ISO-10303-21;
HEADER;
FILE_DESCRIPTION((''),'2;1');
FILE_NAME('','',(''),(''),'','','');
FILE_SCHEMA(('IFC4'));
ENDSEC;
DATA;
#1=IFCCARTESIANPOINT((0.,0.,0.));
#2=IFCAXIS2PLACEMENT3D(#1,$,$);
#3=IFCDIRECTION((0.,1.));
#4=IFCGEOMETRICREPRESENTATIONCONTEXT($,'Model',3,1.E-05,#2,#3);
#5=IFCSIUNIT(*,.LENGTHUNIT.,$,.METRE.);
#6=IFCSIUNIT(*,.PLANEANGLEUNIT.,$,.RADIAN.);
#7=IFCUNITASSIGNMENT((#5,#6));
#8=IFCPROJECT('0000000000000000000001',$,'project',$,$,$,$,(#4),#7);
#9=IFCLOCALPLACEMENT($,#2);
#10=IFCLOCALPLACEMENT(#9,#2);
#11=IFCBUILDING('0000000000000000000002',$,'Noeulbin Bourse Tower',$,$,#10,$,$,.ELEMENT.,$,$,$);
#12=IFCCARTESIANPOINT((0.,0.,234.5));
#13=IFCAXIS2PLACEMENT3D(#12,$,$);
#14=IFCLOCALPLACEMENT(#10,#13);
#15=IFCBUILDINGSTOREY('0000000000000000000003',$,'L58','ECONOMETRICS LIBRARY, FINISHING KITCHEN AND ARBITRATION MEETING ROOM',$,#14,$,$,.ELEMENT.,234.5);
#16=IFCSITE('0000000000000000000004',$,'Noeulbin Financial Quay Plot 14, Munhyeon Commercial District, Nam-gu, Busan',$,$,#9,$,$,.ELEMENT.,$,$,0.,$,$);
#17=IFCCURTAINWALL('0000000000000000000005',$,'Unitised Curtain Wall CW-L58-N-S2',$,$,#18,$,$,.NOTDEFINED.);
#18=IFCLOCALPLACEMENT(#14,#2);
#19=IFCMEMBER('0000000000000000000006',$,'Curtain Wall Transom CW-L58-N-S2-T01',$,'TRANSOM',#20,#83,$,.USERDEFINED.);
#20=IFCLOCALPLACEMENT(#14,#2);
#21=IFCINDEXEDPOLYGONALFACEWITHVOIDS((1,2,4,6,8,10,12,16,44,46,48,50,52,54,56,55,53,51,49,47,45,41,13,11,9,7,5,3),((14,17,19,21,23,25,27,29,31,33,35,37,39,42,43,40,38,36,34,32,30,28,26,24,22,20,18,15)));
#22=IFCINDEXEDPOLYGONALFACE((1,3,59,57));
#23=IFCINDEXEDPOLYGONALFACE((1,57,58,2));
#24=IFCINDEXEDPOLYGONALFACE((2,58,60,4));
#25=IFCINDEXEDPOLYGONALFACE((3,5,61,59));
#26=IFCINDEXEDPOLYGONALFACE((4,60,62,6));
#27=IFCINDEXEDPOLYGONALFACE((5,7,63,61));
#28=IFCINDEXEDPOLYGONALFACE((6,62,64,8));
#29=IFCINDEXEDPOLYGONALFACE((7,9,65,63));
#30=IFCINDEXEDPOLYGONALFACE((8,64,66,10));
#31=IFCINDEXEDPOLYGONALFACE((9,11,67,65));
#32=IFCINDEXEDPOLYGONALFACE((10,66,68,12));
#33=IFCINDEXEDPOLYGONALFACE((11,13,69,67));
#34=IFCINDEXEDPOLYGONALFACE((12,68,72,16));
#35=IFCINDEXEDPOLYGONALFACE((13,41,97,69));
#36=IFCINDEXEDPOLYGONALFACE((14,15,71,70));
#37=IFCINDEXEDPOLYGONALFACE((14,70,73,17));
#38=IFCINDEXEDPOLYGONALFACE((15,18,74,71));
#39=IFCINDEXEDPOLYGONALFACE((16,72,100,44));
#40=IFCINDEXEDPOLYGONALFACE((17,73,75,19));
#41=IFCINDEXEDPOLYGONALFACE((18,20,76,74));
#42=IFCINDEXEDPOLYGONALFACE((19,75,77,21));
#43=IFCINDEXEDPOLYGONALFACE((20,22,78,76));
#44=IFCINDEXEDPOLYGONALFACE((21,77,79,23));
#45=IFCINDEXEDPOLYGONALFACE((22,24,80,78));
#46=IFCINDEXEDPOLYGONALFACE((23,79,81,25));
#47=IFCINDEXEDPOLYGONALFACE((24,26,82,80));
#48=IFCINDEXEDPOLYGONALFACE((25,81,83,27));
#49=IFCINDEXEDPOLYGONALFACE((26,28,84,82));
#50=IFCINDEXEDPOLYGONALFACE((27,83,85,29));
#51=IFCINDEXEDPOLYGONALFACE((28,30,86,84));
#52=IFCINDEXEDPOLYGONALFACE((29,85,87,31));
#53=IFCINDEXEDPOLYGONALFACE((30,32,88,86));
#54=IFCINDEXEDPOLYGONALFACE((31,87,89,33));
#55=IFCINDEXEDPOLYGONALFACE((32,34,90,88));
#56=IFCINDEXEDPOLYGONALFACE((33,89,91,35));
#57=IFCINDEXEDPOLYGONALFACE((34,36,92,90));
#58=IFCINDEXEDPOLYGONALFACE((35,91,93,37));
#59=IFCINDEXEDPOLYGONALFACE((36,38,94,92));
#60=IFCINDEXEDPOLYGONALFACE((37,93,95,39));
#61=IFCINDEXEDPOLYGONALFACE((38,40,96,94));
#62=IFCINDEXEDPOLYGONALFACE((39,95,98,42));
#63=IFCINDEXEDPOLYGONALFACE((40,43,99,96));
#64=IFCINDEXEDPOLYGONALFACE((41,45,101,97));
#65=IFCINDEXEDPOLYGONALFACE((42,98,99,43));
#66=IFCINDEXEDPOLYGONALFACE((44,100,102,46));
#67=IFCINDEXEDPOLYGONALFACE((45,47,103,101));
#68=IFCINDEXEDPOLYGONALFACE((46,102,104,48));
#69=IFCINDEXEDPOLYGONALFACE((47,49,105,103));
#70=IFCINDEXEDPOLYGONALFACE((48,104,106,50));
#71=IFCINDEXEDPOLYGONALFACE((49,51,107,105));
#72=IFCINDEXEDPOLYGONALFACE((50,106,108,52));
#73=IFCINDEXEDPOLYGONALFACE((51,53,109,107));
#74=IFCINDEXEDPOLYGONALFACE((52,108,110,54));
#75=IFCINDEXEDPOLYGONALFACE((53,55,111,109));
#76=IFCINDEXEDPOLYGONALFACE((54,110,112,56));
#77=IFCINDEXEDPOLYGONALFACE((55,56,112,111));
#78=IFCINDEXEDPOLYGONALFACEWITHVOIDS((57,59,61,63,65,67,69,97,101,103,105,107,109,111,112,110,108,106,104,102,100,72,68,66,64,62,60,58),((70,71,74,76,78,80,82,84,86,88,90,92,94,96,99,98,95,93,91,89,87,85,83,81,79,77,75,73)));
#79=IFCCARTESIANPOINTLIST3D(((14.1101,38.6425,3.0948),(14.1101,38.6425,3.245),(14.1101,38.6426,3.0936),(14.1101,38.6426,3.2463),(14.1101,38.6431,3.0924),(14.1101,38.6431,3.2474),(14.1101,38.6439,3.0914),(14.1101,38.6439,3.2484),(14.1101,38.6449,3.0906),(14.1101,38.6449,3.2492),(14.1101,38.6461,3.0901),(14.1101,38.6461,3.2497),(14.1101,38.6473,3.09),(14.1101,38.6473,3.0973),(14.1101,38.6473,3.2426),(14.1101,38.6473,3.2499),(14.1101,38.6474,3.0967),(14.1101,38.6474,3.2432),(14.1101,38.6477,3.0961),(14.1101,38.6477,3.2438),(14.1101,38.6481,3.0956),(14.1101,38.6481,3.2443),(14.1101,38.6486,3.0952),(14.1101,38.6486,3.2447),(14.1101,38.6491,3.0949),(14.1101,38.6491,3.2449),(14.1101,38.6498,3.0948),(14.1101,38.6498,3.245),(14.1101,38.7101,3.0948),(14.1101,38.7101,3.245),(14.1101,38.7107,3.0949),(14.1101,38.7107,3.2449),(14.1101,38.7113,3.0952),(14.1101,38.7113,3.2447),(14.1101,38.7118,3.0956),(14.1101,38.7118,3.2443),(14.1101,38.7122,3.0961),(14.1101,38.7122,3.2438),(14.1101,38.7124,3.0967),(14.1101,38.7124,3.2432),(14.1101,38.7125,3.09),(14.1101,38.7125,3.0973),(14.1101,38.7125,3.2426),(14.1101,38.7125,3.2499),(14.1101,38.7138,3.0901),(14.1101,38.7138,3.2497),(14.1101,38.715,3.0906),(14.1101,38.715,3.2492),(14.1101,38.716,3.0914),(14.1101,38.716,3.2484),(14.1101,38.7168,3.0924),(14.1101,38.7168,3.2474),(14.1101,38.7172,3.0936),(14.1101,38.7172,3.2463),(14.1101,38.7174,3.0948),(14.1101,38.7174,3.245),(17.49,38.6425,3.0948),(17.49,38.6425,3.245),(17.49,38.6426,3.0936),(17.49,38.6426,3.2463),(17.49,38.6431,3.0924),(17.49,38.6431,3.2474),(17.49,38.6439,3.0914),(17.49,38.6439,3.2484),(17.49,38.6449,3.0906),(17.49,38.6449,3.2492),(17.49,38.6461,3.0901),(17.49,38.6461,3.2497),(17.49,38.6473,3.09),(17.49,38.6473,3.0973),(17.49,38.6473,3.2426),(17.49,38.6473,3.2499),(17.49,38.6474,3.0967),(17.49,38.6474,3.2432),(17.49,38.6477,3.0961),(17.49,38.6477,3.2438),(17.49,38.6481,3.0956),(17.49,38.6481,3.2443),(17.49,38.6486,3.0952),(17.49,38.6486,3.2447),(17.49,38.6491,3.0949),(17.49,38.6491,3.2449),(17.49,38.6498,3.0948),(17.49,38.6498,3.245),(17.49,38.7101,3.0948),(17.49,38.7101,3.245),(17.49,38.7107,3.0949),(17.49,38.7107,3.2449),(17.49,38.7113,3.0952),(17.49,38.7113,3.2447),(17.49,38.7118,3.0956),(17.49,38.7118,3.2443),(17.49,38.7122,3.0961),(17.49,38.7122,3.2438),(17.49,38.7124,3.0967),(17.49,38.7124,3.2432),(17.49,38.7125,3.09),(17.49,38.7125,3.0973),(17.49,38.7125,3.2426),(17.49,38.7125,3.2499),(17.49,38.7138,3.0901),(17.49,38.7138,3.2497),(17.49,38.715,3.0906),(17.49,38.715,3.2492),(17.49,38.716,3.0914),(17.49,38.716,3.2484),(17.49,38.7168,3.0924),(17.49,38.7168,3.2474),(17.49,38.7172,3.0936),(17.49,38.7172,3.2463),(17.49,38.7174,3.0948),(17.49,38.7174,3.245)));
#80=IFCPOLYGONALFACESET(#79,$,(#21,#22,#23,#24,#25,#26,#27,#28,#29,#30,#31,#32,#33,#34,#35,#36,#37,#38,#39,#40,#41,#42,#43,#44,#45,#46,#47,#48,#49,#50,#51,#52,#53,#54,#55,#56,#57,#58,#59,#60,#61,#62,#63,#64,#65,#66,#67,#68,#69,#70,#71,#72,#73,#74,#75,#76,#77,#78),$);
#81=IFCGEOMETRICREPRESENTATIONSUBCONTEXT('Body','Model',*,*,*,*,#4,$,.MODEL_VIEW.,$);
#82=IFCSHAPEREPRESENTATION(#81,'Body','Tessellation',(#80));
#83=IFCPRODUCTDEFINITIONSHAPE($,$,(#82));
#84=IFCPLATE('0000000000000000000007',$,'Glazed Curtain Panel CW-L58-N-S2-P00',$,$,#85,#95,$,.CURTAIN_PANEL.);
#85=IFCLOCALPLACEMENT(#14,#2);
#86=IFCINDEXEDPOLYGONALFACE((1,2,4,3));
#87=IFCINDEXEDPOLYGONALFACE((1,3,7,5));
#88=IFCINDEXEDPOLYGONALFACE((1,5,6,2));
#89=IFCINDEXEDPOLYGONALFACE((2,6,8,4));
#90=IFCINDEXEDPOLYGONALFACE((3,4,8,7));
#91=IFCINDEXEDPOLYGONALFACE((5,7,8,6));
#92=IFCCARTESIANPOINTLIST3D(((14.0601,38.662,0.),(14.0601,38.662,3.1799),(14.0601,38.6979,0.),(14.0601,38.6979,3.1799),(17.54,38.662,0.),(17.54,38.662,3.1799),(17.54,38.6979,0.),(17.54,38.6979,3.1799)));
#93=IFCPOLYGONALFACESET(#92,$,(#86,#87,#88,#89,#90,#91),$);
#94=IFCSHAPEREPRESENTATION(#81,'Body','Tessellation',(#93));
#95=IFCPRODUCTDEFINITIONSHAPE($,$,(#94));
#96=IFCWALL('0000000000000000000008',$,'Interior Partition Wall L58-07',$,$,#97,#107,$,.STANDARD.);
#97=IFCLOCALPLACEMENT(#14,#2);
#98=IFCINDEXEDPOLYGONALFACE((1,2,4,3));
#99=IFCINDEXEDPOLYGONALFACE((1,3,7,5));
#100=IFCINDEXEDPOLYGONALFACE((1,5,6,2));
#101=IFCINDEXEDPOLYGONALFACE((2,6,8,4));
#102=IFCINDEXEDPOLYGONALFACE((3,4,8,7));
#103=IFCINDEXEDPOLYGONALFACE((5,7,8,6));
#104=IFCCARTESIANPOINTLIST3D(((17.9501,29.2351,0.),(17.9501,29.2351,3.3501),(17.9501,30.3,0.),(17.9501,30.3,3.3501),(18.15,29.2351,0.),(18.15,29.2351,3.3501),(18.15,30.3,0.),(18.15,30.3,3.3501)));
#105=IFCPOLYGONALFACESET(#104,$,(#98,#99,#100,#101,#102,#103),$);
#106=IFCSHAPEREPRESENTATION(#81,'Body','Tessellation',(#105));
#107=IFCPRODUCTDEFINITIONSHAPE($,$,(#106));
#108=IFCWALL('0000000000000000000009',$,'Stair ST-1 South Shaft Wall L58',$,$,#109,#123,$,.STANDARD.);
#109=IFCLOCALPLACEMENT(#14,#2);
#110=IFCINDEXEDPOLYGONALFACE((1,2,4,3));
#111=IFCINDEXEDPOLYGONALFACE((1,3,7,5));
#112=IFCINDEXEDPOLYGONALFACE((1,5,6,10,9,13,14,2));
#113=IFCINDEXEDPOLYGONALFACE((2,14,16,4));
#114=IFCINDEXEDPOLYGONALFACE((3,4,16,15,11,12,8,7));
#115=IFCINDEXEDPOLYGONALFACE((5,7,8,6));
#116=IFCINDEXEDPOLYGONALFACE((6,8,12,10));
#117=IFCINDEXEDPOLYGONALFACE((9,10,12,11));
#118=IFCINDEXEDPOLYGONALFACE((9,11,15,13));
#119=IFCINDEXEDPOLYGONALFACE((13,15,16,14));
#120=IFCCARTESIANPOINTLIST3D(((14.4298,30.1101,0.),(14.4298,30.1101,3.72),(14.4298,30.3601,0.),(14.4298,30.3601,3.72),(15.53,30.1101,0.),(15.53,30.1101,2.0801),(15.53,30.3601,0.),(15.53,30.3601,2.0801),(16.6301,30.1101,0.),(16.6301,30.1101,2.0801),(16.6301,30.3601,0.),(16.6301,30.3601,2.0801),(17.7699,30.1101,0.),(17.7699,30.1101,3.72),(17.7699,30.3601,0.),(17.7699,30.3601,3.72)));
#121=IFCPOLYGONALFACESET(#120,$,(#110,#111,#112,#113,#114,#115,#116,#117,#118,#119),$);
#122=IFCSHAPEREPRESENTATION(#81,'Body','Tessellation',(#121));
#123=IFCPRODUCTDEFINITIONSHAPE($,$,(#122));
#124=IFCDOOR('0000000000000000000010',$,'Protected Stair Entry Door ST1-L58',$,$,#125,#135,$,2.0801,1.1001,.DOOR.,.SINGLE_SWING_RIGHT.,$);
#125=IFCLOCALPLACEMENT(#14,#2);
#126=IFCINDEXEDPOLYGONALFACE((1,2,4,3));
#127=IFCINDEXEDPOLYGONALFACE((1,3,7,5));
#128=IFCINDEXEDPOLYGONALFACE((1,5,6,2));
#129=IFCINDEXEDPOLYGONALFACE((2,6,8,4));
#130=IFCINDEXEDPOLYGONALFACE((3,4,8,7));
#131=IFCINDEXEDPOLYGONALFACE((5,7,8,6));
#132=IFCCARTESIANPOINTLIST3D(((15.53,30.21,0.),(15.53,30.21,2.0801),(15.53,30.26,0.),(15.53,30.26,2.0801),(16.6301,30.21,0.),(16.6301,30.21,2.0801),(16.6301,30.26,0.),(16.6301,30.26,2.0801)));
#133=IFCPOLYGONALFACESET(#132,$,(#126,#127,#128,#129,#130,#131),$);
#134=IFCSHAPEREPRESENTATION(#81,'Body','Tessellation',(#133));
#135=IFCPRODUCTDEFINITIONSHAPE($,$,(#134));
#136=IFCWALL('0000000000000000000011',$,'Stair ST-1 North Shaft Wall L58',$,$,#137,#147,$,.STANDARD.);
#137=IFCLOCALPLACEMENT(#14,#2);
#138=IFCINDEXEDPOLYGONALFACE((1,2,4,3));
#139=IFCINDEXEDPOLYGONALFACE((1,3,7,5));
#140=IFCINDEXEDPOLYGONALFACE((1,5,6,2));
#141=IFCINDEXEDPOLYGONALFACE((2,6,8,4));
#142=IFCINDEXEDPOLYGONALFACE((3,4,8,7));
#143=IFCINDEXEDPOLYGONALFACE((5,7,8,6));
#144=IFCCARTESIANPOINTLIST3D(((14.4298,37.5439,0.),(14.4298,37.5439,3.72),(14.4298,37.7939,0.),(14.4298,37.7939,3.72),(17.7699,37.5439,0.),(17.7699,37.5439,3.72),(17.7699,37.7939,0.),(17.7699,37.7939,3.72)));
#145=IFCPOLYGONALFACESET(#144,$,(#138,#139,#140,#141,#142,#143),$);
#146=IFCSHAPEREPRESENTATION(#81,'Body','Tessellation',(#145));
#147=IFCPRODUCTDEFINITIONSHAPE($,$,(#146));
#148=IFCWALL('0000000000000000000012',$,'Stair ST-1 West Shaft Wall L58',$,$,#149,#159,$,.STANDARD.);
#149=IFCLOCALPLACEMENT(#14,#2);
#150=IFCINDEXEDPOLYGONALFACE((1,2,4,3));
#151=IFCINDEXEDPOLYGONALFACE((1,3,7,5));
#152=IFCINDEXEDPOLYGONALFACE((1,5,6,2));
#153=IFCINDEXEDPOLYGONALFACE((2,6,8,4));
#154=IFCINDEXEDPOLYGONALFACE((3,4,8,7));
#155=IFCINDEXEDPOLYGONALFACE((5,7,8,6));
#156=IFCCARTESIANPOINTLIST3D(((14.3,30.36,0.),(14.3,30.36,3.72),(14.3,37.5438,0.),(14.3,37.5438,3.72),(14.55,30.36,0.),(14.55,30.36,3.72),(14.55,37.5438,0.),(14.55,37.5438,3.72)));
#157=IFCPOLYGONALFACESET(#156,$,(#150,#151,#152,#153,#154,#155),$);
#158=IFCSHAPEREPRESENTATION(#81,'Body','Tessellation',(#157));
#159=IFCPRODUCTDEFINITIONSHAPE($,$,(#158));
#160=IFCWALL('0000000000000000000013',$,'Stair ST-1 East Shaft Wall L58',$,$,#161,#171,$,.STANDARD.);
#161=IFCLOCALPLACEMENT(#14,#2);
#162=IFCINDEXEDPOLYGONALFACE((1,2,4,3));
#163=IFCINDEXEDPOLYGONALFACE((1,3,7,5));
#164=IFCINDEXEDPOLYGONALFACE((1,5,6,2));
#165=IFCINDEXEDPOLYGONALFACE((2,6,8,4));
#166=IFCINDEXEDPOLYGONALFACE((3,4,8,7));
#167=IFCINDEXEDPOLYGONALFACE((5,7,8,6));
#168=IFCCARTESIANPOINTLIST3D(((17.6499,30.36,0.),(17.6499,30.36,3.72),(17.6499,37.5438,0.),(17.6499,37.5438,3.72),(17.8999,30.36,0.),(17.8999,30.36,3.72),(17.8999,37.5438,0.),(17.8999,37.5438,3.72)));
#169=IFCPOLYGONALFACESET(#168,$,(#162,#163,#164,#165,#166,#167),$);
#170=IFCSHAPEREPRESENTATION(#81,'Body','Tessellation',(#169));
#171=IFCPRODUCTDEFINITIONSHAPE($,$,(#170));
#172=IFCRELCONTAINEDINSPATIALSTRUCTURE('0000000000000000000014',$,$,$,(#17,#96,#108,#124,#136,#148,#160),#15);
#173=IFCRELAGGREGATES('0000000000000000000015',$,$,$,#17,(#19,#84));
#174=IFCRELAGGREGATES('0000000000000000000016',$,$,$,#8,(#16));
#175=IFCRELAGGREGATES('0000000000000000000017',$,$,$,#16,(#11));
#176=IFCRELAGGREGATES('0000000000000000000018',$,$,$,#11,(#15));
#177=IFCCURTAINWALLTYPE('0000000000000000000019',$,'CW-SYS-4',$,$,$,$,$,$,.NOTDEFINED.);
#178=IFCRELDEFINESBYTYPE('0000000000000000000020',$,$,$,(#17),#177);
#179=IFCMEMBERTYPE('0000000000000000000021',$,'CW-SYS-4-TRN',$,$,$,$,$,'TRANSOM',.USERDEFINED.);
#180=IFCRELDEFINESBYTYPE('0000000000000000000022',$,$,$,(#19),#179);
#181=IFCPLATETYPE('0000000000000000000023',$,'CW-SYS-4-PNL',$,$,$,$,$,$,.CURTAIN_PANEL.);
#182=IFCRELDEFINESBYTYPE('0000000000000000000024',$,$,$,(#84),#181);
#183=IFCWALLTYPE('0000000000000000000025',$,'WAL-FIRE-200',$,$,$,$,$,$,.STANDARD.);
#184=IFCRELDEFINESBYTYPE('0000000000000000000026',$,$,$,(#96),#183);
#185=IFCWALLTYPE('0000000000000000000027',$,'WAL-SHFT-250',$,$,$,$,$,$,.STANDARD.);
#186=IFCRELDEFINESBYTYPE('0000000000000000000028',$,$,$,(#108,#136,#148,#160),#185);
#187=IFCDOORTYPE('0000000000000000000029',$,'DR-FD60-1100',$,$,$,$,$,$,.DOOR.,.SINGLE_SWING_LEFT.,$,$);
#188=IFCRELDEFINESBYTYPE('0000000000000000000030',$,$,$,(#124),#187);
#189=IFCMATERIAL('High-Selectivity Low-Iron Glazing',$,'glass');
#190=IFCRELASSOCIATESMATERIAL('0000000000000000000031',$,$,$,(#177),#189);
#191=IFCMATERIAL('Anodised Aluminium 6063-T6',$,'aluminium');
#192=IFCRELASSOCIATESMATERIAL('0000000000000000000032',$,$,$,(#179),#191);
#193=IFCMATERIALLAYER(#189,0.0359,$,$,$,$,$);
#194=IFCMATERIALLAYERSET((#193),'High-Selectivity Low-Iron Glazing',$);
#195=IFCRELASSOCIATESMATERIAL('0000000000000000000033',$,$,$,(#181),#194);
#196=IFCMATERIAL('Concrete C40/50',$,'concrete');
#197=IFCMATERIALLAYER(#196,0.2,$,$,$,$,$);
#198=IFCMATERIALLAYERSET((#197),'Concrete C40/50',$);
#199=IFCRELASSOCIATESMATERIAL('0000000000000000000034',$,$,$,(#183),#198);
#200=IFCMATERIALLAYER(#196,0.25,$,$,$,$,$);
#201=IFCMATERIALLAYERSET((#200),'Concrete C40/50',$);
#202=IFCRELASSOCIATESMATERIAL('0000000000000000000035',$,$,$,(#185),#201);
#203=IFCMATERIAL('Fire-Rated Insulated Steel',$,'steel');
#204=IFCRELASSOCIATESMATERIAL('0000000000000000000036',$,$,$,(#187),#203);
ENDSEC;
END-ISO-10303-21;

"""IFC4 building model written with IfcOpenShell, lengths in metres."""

from ifc_helpers import new_model, si_unit, direction, frame, frame_2d, origin, origin_2d, place, context, subcontext, project, spatial, rectangle, hollow_rectangle, extrude, material, layer, layer_set, material_profile, profile_set, type_object, element, fill, aggregate, save


model = new_model("IFC4")

# Units and contexts
model_context = context("Model", 3, precision=1e-05, world=origin(), true_north=direction((0.0, 1.0)))
body_context = subcontext(model_context, "Body", "Model", "MODEL_VIEW")
ifc_project = project(units=[si_unit("LENGTHUNIT", "METRE"), si_unit("PLANEANGLEUNIT", "RADIAN")], contexts=[model_context])

# Site, building, storey
site_placement = place(None, origin())
site = spatial("IfcSite", under=ifc_project, at=site_placement, Name="Noeulbin Financial Quay Plot 14, Munhyeon Commercial District, Nam-gu, Busan", CompositionType="ELEMENT", RefElevation=0.0)
building_placement = place(site_placement, origin())
building = spatial("IfcBuilding", under=site, at=building_placement, Name="Noeulbin Bourse Tower", CompositionType="ELEMENT")
storey_placement = place(building_placement, frame((0.0, 0.0, 234.5)))
storey = spatial("IfcBuildingStorey", under=building, at=storey_placement, Name="L58", Description="ECONOMETRICS LIBRARY, FINISHING KITCHEN AND ARBITRATION MEETING ROOM", CompositionType="ELEMENT", Elevation=234.5)

# Curtain wall, member, plate
ifc_material_1 = material(Name="High-Selectivity Low-Iron Glazing", Category="glass")
curtain_wall_type = type_object("IfcCurtainWallType", Name="CW-SYS-4", PredefinedType="NOTDEFINED", material=ifc_material_1)
curtain_wall_placement = place(storey_placement, origin())
curtain_wall = element("IfcCurtainWall", 1, at=curtain_wall_placement, inside=storey, type_object=curtain_wall_type, Name="Unitised Curtain Wall CW-L58-N-S2", PredefinedType="NOTDEFINED")
ifc_material_2 = material(Name="Anodised Aluminium 6063-T6", Category="aluminium")
ifc_material_profile_1 = material_profile(ifc_material_2, hollow_rectangle(XDim=0.075, YDim=0.1599, WallThickness=0.0049, InnerFilletRadius=0.0024, OuterFilletRadius=0.0049, at=origin_2d()), Name="ALU-TRAN-75x160x5", Category="LoadBearing")
ifc_profile_set_1 = profile_set([ifc_material_profile_1], Name="Anodised Aluminium 6063-T6")
member_type_1 = type_object("IfcMemberType", Name="CW-SYS-4-TRN", ElementType="TRANSOM", PredefinedType="USERDEFINED", material=ifc_profile_set_1)
member_1_placement = place(storey_placement, frame((14.1101, 38.6799, 3.1699), z_axis=(1.0, 0.0, 0.0), x_axis=(0.0, 1.0, 0.0)))
member_1 = element("IfcMember", 2, at=member_1_placement, type_object=member_type_1, Name="Curtain Wall Transom CW-L58-N-S2-T01", ObjectType="TRANSOM", PredefinedType="USERDEFINED", context=body_context, shape_type="SweptSolid", body=[
    extrude(hollow_rectangle(XDim=0.075, YDim=0.1599, WallThickness=0.0049, InnerFilletRadius=0.0024, OuterFilletRadius=0.0049, at=origin_2d()), origin(), (0.0, 0.0, 1.0), 3.3799),
])
ifc_layer_1 = layer(ifc_material_1, 0.0359)
ifc_layer_set_1 = layer_set([ifc_layer_1], Name="High-Selectivity Low-Iron Glazing")
plate_type = type_object("IfcPlateType", Name="CW-SYS-4-PNL", PredefinedType="CURTAIN_PANEL", material=ifc_layer_set_1)
plate_placement = place(storey_placement, frame((15.8, 38.6799, 0.0), z_axis=(0.0, 0.0, 1.0), x_axis=(1.0, 0.0, 0.0)))
plate = element("IfcPlate", 3, at=plate_placement, type_object=plate_type, Name="Glazed Curtain Panel CW-L58-N-S2-P00", PredefinedType="CURTAIN_PANEL", context=body_context, shape_type="SweptSolid", body=[
    extrude(rectangle(XDim=3.48, YDim=0.0359, at=origin_2d()), origin(), (0.0, 0.0, 1.0), 3.1799),
])
aggregate(curtain_wall, [member_1, plate])

# Wall
ifc_material_3 = material(Name="Concrete C40/50", Category="concrete")
ifc_layer_2 = layer(ifc_material_3, 0.2)
ifc_layer_set_2 = layer_set([ifc_layer_2], Name="Concrete C40/50")
wall_type_1 = type_object("IfcWallType", Name="WAL-FIRE-200", PredefinedType="STANDARD", material=ifc_layer_set_2)
wall_1_placement = place(storey_placement, frame((18.05, 29.2351, 0.0), z_axis=(0.0, 0.0, 1.0), x_axis=(0.0, 1.0, 0.0)))
element("IfcWall", 4, at=wall_1_placement, inside=storey, type_object=wall_type_1, Name="Interior Partition Wall L58-07", PredefinedType="STANDARD", context=body_context, shape_type="SweptSolid", body=[
    extrude(rectangle(XDim=1.0649, YDim=0.2, at=frame_2d((0.5325, 0.0))), origin(), (0.0, 0.0, 1.0), 3.3501),
])

# Wall, opening, door
ifc_layer_3 = layer(ifc_material_3, 0.25)
ifc_layer_set_3 = layer_set([ifc_layer_3], Name="Concrete C40/50")
wall_type_2 = type_object("IfcWallType", Name="WAL-SHFT-250", PredefinedType="STANDARD", material=ifc_layer_set_3)
wall_2_placement = place(storey_placement, frame((14.4299, 30.2351, 0.0), z_axis=(0.0, 0.0, 1.0), x_axis=(1.0, 0.0, 0.0)))
wall_2 = element("IfcWall", 5, at=wall_2_placement, inside=storey, type_object=wall_type_2, Name="Stair ST-1 South Shaft Wall L58", PredefinedType="STANDARD", context=body_context, shape_type="SweptSolid", body=[
    extrude(rectangle(XDim=3.3401, YDim=0.25, at=frame_2d((1.6699, 0.0))), origin(), (0.0, 0.0, 1.0), 3.72),
])
opening_placement = place(wall_2_placement, frame((1.1001, 0.0, 0.0)))
opening = element("IfcOpeningElement", 6, at=opening_placement, cuts=wall_2, PredefinedType="OPENING", context=body_context, shape_type="SweptSolid", body=[
    extrude(rectangle(XDim=1.1001, YDim=2.0801, at=frame_2d((0.55, 1.04))), frame((0.0, 0.135, 0.0), z_axis=(0.0, -1.0, 0.0), x_axis=(1.0, 0.0, 0.0)), (0.0, 0.0, 1.0), 0.27),
])
ifc_material_4 = material(Name="Fire-Rated Insulated Steel", Category="steel")
door_type = type_object("IfcDoorType", Name="DR-FD60-1100", OperationType="SINGLE_SWING_LEFT", PredefinedType="DOOR", material=ifc_material_4)
door_placement = place(opening_placement, origin())
door = element("IfcDoor", 7, at=door_placement, inside=storey, type_object=door_type, Name="Protected Stair Entry Door ST1-L58", OperationType="SINGLE_SWING_RIGHT", OverallHeight=2.0801, OverallWidth=1.1001, PredefinedType="DOOR", context=body_context, shape_type="SweptSolid", body=[
    extrude(rectangle(XDim=1.1001, YDim=2.0801, at=frame_2d((0.55, 1.04))), frame((0.0, 0.0249, 0.0), z_axis=(0.0, -1.0, 0.0), x_axis=(1.0, 0.0, 0.0)), (0.0, 0.0, 1.0), 0.05),
])
fill(opening, door)

# Walls
wall_3_placement = place(storey_placement, frame((14.4299, 37.6689, 0.0), z_axis=(0.0, 0.0, 1.0), x_axis=(1.0, 0.0, 0.0)))
element("IfcWall", 8, at=wall_3_placement, inside=storey, type_object=wall_type_2, Name="Stair ST-1 North Shaft Wall L58", PredefinedType="STANDARD", context=body_context, shape_type="SweptSolid", body=[
    extrude(rectangle(XDim=3.3401, YDim=0.25, at=frame_2d((1.6699, 0.0))), origin(), (0.0, 0.0, 1.0), 3.72),
])
for number, where, z_axis, x_axis, name in (
    (9, (14.425, 30.3601, 0.0), (0.0, 0.0, 1.0), (0.0, 1.0, 0.0), "Stair ST-1 West Shaft Wall L58"),
    (10, (17.7749, 30.3601, 0.0), (0.0, 0.0, 1.0), (0.0, 1.0, 0.0), "Stair ST-1 East Shaft Wall L58"),
):
    element("IfcWall", number, at=place(storey_placement, frame(where, z_axis=z_axis, x_axis=x_axis)), inside=storey, type_object=wall_type_2, Name=name, PredefinedType="STANDARD", context=body_context, shape_type="SweptSolid", body=[
        extrude(rectangle(XDim=7.1838, YDim=0.25, at=frame_2d((3.5918, 0.0))), origin(), (0.0, 0.0, 1.0), 3.72),
    ])

save(model, "model.ifc")
